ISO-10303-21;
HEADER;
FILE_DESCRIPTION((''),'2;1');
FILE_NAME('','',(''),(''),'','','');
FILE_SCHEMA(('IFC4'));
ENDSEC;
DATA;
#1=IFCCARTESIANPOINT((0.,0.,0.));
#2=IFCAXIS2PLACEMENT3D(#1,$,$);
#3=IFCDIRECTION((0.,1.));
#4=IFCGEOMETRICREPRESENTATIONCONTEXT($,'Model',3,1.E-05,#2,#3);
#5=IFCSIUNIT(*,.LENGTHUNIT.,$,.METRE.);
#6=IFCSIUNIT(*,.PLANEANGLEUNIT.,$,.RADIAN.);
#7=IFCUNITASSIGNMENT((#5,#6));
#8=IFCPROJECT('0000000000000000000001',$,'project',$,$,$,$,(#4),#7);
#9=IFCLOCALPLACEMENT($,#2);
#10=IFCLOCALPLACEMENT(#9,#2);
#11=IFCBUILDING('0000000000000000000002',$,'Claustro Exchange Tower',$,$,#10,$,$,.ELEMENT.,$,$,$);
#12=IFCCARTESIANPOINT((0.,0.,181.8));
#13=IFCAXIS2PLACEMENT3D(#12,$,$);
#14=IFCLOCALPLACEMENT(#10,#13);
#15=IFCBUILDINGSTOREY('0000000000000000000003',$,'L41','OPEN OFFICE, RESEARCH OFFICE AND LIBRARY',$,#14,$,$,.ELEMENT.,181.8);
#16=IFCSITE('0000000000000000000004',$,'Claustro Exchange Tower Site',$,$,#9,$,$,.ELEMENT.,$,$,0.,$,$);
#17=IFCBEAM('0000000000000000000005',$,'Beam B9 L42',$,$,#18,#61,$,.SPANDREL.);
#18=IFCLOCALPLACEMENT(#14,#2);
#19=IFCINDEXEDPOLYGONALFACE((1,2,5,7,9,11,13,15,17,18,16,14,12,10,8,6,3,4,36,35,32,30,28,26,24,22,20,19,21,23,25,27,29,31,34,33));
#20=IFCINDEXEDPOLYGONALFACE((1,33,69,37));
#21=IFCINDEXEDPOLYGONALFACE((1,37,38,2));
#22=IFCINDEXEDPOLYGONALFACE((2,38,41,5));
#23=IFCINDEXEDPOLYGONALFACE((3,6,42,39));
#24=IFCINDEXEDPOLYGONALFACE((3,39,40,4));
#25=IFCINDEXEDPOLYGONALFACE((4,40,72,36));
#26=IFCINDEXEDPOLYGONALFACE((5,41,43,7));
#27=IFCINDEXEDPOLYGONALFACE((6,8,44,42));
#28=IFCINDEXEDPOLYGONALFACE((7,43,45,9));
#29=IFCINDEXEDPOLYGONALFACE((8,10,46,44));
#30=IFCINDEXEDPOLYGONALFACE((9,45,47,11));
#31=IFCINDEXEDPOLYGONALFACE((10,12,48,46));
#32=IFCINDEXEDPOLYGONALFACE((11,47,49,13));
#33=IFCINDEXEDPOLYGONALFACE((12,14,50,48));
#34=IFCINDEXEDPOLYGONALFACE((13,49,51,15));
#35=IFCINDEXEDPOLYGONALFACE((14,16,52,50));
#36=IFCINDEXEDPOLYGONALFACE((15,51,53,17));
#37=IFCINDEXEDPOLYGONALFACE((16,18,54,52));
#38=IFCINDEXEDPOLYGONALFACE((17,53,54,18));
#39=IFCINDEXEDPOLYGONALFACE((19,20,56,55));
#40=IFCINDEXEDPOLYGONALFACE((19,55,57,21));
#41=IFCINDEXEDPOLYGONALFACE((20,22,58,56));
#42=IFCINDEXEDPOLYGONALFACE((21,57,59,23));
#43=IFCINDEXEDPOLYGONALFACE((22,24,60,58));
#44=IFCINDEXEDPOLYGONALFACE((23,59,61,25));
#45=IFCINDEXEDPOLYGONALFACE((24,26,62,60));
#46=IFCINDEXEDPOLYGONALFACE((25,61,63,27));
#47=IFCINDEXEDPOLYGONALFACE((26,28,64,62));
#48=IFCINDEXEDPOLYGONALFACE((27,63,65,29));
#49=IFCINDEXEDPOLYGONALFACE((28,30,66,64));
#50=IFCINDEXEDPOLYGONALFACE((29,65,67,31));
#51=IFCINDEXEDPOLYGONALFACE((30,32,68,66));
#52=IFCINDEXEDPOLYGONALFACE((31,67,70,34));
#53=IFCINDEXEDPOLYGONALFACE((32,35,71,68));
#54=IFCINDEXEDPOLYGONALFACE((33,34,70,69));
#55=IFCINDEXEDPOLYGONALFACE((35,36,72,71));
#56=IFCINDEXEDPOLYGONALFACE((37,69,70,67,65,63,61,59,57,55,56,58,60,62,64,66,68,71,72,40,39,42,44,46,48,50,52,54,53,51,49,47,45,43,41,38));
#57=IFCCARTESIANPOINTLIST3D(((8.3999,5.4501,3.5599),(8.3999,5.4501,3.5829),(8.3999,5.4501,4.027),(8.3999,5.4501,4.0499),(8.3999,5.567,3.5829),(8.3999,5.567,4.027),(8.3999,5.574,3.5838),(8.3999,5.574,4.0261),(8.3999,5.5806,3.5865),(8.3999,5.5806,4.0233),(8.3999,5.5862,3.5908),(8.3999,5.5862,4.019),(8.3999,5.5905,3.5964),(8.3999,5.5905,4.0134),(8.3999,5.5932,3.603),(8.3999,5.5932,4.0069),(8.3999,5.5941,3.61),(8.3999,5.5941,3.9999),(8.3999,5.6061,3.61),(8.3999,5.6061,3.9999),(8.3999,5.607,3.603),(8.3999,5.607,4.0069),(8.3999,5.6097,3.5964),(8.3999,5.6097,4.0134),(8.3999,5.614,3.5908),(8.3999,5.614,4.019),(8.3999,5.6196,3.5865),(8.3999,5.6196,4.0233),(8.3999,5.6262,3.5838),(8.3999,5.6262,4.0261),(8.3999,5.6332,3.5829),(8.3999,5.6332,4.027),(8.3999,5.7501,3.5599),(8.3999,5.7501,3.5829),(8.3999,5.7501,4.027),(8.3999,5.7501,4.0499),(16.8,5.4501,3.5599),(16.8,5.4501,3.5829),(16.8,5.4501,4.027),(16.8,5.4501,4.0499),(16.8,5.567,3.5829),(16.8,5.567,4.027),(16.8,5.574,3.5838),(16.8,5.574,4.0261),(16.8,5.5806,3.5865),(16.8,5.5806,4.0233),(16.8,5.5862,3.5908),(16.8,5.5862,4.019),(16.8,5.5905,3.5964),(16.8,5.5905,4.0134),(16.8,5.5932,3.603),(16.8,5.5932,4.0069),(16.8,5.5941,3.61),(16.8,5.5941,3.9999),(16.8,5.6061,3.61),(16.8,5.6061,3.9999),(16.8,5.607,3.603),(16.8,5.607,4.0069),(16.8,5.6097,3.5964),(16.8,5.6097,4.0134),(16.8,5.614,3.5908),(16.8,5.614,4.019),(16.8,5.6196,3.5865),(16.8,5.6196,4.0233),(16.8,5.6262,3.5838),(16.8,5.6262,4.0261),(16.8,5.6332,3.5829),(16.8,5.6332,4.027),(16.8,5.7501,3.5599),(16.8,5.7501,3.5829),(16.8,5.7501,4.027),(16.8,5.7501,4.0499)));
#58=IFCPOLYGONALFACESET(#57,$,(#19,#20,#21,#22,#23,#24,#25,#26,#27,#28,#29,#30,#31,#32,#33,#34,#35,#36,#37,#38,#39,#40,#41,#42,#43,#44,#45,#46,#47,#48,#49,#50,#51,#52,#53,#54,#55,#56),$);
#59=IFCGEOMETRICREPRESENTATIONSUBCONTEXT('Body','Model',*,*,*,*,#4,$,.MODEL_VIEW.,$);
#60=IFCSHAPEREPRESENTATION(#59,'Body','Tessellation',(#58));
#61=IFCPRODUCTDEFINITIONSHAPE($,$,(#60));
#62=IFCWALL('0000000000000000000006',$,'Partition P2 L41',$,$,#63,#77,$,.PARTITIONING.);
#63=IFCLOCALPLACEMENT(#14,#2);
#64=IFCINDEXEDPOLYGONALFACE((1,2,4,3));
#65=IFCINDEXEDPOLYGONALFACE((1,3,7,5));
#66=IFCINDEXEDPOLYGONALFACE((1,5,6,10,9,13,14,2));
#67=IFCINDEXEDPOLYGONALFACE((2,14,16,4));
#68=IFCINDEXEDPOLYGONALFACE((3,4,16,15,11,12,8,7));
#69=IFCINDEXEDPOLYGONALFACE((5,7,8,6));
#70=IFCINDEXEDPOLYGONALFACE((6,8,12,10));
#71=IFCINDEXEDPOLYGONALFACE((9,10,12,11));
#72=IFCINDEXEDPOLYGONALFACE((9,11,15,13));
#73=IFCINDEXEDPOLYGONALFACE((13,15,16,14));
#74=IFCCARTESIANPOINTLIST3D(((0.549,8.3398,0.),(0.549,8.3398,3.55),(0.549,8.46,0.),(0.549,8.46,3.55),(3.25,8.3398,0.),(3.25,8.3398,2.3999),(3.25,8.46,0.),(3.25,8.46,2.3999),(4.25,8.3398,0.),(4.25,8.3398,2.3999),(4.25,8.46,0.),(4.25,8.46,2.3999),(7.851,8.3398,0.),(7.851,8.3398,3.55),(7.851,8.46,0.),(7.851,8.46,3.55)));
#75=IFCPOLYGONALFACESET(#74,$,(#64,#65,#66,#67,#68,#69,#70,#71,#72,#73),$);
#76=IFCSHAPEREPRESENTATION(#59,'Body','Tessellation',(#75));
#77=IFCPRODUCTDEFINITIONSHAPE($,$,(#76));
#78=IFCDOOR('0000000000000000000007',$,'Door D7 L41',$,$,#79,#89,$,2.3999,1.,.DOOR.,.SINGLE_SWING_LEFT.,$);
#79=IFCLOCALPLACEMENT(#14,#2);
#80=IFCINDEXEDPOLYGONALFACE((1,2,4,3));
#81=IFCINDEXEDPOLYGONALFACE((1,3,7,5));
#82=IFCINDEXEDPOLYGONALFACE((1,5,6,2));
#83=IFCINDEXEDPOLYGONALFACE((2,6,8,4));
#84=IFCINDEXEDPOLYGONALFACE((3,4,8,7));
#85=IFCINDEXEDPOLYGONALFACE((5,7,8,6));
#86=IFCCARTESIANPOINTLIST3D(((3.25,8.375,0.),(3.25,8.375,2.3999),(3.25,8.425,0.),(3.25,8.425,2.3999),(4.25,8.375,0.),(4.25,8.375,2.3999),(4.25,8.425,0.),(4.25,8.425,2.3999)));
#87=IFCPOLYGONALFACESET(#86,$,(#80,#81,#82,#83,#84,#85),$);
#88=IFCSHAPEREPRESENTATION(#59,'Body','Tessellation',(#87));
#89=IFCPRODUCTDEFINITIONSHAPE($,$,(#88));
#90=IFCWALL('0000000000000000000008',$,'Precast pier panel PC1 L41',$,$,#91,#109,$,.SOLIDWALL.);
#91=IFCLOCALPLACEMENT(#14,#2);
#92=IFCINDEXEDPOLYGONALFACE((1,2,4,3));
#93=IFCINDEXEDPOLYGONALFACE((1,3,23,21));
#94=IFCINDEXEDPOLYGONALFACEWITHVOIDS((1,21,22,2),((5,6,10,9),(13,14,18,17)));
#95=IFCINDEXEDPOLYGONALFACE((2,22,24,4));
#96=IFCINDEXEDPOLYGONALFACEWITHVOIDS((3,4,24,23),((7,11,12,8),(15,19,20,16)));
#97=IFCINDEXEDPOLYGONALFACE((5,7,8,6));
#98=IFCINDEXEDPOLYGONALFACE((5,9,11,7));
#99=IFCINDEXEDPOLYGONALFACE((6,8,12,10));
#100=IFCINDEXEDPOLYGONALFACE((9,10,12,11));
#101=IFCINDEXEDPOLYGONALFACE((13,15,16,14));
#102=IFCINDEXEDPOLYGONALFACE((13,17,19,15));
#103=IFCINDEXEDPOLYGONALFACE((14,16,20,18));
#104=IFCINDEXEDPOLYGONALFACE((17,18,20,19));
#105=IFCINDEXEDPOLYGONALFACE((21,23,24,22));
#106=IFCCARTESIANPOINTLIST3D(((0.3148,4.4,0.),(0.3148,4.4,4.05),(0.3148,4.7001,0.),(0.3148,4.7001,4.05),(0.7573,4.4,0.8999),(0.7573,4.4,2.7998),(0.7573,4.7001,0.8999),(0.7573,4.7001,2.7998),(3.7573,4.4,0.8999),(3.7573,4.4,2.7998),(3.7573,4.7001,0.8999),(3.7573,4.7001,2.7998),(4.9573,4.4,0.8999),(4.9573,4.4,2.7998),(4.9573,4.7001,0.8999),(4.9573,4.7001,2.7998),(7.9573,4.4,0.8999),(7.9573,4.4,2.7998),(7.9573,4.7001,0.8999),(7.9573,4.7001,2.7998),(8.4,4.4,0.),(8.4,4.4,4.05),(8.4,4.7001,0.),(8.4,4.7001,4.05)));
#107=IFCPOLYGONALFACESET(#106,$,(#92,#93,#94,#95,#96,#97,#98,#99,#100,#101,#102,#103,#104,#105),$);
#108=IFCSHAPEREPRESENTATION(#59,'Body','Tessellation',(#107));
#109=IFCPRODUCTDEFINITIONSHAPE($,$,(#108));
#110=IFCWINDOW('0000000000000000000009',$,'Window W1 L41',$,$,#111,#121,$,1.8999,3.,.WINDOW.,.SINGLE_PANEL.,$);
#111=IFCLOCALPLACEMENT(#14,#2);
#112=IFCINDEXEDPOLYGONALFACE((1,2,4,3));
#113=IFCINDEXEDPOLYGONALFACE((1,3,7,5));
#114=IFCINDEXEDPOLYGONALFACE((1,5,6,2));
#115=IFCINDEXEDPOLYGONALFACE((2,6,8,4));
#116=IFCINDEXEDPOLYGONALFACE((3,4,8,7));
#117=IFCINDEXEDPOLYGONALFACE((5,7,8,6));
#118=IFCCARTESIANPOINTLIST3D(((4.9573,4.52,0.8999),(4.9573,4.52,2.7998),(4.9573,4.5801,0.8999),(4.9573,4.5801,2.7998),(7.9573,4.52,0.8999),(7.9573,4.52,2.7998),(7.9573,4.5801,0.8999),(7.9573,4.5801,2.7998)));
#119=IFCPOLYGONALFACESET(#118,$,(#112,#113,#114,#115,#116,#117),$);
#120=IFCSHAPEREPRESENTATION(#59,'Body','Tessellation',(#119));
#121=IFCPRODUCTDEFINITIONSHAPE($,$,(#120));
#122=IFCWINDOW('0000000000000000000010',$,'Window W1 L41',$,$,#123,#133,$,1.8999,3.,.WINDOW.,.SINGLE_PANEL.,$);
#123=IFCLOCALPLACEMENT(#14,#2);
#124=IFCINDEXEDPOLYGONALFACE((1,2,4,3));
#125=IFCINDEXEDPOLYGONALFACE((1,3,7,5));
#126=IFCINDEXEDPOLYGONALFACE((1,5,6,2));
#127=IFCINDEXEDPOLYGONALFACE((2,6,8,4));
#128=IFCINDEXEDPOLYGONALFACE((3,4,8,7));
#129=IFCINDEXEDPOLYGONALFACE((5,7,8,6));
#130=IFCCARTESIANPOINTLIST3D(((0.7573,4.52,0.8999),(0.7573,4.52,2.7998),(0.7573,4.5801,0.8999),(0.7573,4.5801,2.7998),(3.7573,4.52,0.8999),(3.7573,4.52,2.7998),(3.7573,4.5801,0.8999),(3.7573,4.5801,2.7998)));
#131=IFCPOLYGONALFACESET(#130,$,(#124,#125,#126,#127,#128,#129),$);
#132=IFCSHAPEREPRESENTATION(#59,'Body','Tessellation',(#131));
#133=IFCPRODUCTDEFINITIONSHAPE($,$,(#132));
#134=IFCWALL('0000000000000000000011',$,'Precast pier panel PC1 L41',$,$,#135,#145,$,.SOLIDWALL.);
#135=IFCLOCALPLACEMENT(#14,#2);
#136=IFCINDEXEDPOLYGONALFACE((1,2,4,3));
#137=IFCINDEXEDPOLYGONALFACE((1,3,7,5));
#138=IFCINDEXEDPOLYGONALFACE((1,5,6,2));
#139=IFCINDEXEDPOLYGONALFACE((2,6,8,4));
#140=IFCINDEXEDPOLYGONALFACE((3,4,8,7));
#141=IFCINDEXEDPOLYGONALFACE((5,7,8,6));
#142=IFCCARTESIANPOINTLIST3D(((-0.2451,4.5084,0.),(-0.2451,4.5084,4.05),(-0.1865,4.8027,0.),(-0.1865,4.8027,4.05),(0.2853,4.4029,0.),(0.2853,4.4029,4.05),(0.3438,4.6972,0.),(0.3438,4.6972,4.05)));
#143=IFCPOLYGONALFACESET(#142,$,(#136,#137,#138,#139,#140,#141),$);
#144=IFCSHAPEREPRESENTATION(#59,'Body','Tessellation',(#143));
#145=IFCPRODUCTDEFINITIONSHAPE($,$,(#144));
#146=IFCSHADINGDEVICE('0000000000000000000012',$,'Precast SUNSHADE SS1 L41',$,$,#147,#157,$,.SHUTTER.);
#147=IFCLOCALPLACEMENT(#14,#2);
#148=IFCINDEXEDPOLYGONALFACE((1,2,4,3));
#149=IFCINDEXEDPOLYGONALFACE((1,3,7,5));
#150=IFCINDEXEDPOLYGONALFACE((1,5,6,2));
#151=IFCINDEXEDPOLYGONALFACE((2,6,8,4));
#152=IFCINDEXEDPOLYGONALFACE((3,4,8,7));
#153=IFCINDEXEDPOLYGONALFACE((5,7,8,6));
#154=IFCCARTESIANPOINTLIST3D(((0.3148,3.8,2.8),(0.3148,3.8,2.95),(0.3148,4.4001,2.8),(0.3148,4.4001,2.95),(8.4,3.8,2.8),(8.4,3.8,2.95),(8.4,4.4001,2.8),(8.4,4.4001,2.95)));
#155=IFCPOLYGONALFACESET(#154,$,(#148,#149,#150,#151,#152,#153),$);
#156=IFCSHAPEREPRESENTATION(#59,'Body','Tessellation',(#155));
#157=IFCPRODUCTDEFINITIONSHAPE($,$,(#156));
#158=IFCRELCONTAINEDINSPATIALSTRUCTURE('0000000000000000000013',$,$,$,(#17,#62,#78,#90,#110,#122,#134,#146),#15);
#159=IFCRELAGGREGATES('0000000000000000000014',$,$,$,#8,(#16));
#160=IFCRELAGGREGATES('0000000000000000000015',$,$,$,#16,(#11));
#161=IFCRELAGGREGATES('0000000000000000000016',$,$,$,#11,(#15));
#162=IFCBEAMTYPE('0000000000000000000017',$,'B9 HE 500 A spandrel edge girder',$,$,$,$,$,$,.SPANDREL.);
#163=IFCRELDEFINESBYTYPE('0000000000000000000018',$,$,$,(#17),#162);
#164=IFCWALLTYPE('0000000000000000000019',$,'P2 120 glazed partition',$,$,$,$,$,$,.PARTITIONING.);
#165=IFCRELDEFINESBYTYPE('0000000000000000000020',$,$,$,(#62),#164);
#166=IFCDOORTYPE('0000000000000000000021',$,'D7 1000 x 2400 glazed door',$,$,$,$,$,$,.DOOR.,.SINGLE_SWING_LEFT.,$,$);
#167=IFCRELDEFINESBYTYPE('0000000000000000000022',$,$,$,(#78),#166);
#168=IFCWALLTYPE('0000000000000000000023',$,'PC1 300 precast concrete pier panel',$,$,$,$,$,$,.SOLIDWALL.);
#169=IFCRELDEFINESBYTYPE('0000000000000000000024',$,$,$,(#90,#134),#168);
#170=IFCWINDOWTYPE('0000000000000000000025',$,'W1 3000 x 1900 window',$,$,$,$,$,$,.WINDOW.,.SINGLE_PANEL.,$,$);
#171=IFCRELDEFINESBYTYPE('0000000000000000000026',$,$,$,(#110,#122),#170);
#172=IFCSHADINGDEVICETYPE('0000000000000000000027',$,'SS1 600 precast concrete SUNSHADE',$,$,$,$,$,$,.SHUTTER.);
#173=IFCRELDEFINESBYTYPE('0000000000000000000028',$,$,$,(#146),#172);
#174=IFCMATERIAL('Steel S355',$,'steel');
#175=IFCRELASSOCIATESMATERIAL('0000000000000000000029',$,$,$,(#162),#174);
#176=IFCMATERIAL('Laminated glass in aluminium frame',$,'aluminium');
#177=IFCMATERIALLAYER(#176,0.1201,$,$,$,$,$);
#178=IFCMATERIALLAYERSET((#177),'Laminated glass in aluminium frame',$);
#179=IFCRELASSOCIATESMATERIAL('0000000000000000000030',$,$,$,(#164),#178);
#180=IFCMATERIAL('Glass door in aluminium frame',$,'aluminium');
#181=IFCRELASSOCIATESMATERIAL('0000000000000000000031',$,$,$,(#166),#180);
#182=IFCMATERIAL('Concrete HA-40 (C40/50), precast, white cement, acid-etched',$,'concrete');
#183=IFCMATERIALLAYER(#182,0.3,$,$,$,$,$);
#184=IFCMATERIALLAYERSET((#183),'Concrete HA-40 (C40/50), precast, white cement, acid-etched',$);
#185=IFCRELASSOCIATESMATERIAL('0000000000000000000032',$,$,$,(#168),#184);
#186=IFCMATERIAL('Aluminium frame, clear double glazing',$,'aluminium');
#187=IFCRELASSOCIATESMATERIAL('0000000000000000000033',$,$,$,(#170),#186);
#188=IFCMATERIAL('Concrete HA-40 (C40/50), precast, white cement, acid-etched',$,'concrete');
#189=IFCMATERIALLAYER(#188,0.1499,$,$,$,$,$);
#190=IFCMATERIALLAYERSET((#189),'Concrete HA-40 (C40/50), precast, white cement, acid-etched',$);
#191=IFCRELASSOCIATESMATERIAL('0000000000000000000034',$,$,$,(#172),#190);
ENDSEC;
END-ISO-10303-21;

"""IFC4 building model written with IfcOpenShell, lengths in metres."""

from ifc_helpers import new_model, si_unit, direction, frame, frame_2d, origin, origin_2d, place, context, subcontext, project, spatial, rectangle, i_section, extrude, material, layer, layer_set, material_profile, profile_set, type_object, element, fill, save


model = new_model("IFC4")

# Units and contexts
model_context = context("Model", 3, precision=1e-05, world=origin(), true_north=direction((0.0, 1.0)))
body_context = subcontext(model_context, "Body", "Model", "MODEL_VIEW")
ifc_project = project(units=[si_unit("LENGTHUNIT", "METRE"), si_unit("PLANEANGLEUNIT", "RADIAN")], contexts=[model_context])

# Site, building, storey
site_placement = place(None, origin())
site = spatial("IfcSite", under=ifc_project, at=site_placement, Name="Claustro Exchange Tower Site", CompositionType="ELEMENT", RefElevation=0.0)
building_placement = place(site_placement, origin())
building = spatial("IfcBuilding", under=site, at=building_placement, Name="Claustro Exchange Tower", CompositionType="ELEMENT")
storey_placement = place(building_placement, frame((0.0, 0.0, 181.8)))
storey = spatial("IfcBuildingStorey", under=building, at=storey_placement, Name="L41", Description="OPEN OFFICE, RESEARCH OFFICE AND LIBRARY", CompositionType="ELEMENT", Elevation=181.8)

# Beam
ifc_material_1 = material(Name="Steel S355", Category="steel")
ifc_material_profile_1 = material_profile(ifc_material_1, i_section(OverallWidth=0.3, OverallDepth=0.49, WebThickness=0.012, FlangeThickness=0.0229, FilletRadius=0.0271, at=origin_2d()), Name="HE 500 A")
ifc_profile_set_1 = profile_set([ifc_material_profile_1], Name="Steel S355")
beam_type_1 = type_object("IfcBeamType", Name="B9 HE 500 A spandrel edge girder", PredefinedType="SPANDREL", material=ifc_profile_set_1)
beam_1_placement = place(storey_placement, frame((8.3999, 5.6001, 3.8049), z_axis=(1.0, 0.0, 0.0), x_axis=(0.0, 1.0, 0.0)))
element("IfcBeam", 1, at=beam_1_placement, inside=storey, type_object=beam_type_1, Name="Beam B9 L42", PredefinedType="SPANDREL", context=body_context, shape_type="SweptSolid", body=[
    extrude(i_section(OverallWidth=0.3, OverallDepth=0.49, WebThickness=0.012, FlangeThickness=0.0229, FilletRadius=0.0271, at=origin_2d()), origin(), (0.0, 0.0, 1.0), 8.4001),
])

# Wall, opening, door
ifc_material_2 = material(Name="Laminated glass in aluminium frame", Category="aluminium")
ifc_layer_1 = layer(ifc_material_2, 0.1201)
ifc_layer_set_1 = layer_set([ifc_layer_1], Name="Laminated glass in aluminium frame")
wall_type_1 = type_object("IfcWallType", Name="P2 120 glazed partition", PredefinedType="PARTITIONING", material=ifc_layer_set_1)
wall_1_placement = place(storey_placement, frame((0.5491, 8.3999, 0.0), z_axis=(0.0, 0.0, 1.0), x_axis=(1.0, 0.0, 0.0)))
wall_1 = element("IfcWall", 2, at=wall_1_placement, inside=storey, type_object=wall_type_1, Name="Partition P2 L41", PredefinedType="PARTITIONING", context=body_context, shape_type="SweptSolid", body=[
    extrude(rectangle(XDim=7.302, YDim=0.1201, at=frame_2d((3.6509, 0.0))), origin(), (0.0, 0.0, 1.0), 3.55),
])
opening_1_placement = place(wall_1_placement, frame((2.7009, 0.0, 0.0)))
opening_1 = element("IfcOpeningElement", 3, at=opening_1_placement, cuts=wall_1, PredefinedType="OPENING", context=body_context, shape_type="SweptSolid", body=[
    extrude(rectangle(XDim=1.0, YDim=2.3999, at=frame_2d((0.5, 1.2))), frame((0.0, 0.0701, 0.0), z_axis=(0.0, -1.0, 0.0), x_axis=(1.0, 0.0, 0.0)), (0.0, 0.0, 1.0), 0.1401),
])
ifc_material_3 = material(Name="Glass door in aluminium frame", Category="aluminium")
door_type = type_object("IfcDoorType", Name="D7 1000 x 2400 glazed door", OperationType="SINGLE_SWING_LEFT", PredefinedType="DOOR", material=ifc_material_3)
door_placement = place(opening_1_placement, frame((1.0, 0.0, 0.0), z_axis=(0.0, 0.0, 1.0), x_axis=(-1.0, 0.0, 0.0)))
door = element("IfcDoor", 4, at=door_placement, inside=storey, type_object=door_type, Name="Door D7 L41", OperationType="SINGLE_SWING_LEFT", OverallHeight=2.3999, OverallWidth=1.0, PredefinedType="DOOR", context=body_context, shape_type="SweptSolid", body=[
    extrude(rectangle(XDim=1.0, YDim=2.3999, at=frame_2d((0.5, 1.2))), frame((0.0, 0.0249, 0.0), z_axis=(0.0, -1.0, 0.0), x_axis=(1.0, 0.0, 0.0)), (0.0, 0.0, 1.0), 0.05),
])
fill(opening_1, door)

# Wall, openings, windows
ifc_material_4 = material(Name="Concrete HA-40 (C40/50), precast, white cement, acid-etched", Category="concrete")
ifc_layer_2 = layer(ifc_material_4, 0.3)
ifc_layer_set_2 = layer_set([ifc_layer_2], Name="Concrete HA-40 (C40/50), precast, white cement, acid-etched")
wall_type_2 = type_object("IfcWallType", Name="PC1 300 precast concrete pier panel", PredefinedType="SOLIDWALL", material=ifc_layer_set_2)
wall_2_placement = place(storey_placement, frame((8.3999, 4.55, 0.0), z_axis=(0.0, 0.0, 1.0), x_axis=(-1.0, 0.0, 0.0)))
wall_2 = element("IfcWall", 5, at=wall_2_placement, inside=storey, type_object=wall_type_2, Name="Precast pier panel PC1 L41", PredefinedType="SOLIDWALL", context=body_context, shape_type="SweptSolid", body=[
    extrude(rectangle(XDim=8.0852, YDim=0.3, at=frame_2d((4.0425, 0.0))), origin(), (0.0, 0.0, 1.0), 4.05),
])
opening_2_placement = place(wall_2_placement, frame((0.4426, 0.0, 0.8999)))
opening_2 = element("IfcOpeningElement", 6, at=opening_2_placement, cuts=wall_2, PredefinedType="OPENING", context=body_context, shape_type="SweptSolid", body=[
    extrude(rectangle(XDim=3.0, YDim=1.8999, at=frame_2d((1.5, 0.95))), frame((0.0, 0.1599, 0.0), z_axis=(0.0, -1.0, 0.0), x_axis=(1.0, 0.0, 0.0)), (0.0, 0.0, 1.0), 0.3201),
])
opening_3_placement = place(wall_2_placement, frame((4.6426, 0.0, 0.8999)))
opening_3 = element("IfcOpeningElement", 7, at=opening_3_placement, cuts=wall_2, PredefinedType="OPENING", context=body_context, shape_type="SweptSolid", body=[
    extrude(rectangle(XDim=3.0, YDim=1.8999, at=frame_2d((1.5, 0.95))), frame((0.0, 0.1599, 0.0), z_axis=(0.0, -1.0, 0.0), x_axis=(1.0, 0.0, 0.0)), (0.0, 0.0, 1.0), 0.3201),
])
ifc_material_5 = material(Name="Aluminium frame, clear double glazing", Category="aluminium")
window_type = type_object("IfcWindowType", Name="W1 3000 x 1900 window", PartitioningType="SINGLE_PANEL", PredefinedType="WINDOW", material=ifc_material_5)
window_1_placement = place(opening_2_placement, origin())
window_1 = element("IfcWindow", 8, at=window_1_placement, inside=storey, type_object=window_type, Name="Window W1 L41", OverallHeight=1.8999, OverallWidth=3.0, PartitioningType="SINGLE_PANEL", PredefinedType="WINDOW", context=body_context, shape_type="SweptSolid", body=[
    extrude(rectangle(XDim=3.0, YDim=1.8999, at=frame_2d((1.5, 0.95))), frame((0.0, 0.03, 0.0), z_axis=(0.0, -1.0, 0.0), x_axis=(1.0, 0.0, 0.0)), (0.0, 0.0, 1.0), 0.0601),
])
fill(opening_2, window_1)
window_2_placement = place(opening_3_placement, origin())
window_2 = element("IfcWindow", 9, at=window_2_placement, inside=storey, type_object=window_type, Name="Window W1 L41", OverallHeight=1.8999, OverallWidth=3.0, PartitioningType="SINGLE_PANEL", PredefinedType="WINDOW", context=body_context, shape_type="SweptSolid", body=[
    extrude(rectangle(XDim=3.0, YDim=1.8999, at=frame_2d((1.5, 0.95))), frame((0.0, 0.03, 0.0), z_axis=(0.0, -1.0, 0.0), x_axis=(1.0, 0.0, 0.0)), (0.0, 0.0, 1.0), 0.0601),
])
fill(opening_3, window_2)

# Wall
wall_3_placement = place(storey_placement, frame((0.3147, 4.55, 0.0), z_axis=(0.0, 0.0, 1.0), x_axis=(-0.980789, 0.195074, 0.0)))
element("IfcWall", 10, at=wall_3_placement, inside=storey, type_object=wall_type_2, Name="Precast pier panel PC1 L41", PredefinedType="SOLIDWALL", context=body_context, shape_type="SweptSolid", body=[
    extrude(rectangle(XDim=0.5408, YDim=0.3, at=frame_2d((0.2705, 0.0))), origin(), (0.0, 0.0, 1.0), 4.05),
])

# Shading device
ifc_material_6 = material(Name="Concrete HA-40 (C40/50), precast, white cement, acid-etched", Category="concrete")
ifc_layer_3 = layer(ifc_material_6, 0.1499)
ifc_layer_set_3 = layer_set([ifc_layer_3], Name="Concrete HA-40 (C40/50), precast, white cement, acid-etched")
shading_device_type = type_object("IfcShadingDeviceType", Name="SS1 600 precast concrete SUNSHADE", PredefinedType="SHUTTER", material=ifc_layer_set_3)
shading_device_placement = place(storey_placement, frame((4.3574, 4.1001, 2.8), z_axis=(0.0, 0.0, 1.0), x_axis=(-1.0, 0.0, 0.0)))
element("IfcShadingDevice", 11, at=shading_device_placement, inside=storey, type_object=shading_device_type, Name="Precast SUNSHADE SS1 L41", PredefinedType="SHUTTER", context=body_context, shape_type="SweptSolid", body=[
    extrude(rectangle(XDim=8.0852, YDim=0.6001, at=origin_2d()), origin(), (0.0, 0.0, 1.0), 0.1499),
])

save(model, "model.ifc")
